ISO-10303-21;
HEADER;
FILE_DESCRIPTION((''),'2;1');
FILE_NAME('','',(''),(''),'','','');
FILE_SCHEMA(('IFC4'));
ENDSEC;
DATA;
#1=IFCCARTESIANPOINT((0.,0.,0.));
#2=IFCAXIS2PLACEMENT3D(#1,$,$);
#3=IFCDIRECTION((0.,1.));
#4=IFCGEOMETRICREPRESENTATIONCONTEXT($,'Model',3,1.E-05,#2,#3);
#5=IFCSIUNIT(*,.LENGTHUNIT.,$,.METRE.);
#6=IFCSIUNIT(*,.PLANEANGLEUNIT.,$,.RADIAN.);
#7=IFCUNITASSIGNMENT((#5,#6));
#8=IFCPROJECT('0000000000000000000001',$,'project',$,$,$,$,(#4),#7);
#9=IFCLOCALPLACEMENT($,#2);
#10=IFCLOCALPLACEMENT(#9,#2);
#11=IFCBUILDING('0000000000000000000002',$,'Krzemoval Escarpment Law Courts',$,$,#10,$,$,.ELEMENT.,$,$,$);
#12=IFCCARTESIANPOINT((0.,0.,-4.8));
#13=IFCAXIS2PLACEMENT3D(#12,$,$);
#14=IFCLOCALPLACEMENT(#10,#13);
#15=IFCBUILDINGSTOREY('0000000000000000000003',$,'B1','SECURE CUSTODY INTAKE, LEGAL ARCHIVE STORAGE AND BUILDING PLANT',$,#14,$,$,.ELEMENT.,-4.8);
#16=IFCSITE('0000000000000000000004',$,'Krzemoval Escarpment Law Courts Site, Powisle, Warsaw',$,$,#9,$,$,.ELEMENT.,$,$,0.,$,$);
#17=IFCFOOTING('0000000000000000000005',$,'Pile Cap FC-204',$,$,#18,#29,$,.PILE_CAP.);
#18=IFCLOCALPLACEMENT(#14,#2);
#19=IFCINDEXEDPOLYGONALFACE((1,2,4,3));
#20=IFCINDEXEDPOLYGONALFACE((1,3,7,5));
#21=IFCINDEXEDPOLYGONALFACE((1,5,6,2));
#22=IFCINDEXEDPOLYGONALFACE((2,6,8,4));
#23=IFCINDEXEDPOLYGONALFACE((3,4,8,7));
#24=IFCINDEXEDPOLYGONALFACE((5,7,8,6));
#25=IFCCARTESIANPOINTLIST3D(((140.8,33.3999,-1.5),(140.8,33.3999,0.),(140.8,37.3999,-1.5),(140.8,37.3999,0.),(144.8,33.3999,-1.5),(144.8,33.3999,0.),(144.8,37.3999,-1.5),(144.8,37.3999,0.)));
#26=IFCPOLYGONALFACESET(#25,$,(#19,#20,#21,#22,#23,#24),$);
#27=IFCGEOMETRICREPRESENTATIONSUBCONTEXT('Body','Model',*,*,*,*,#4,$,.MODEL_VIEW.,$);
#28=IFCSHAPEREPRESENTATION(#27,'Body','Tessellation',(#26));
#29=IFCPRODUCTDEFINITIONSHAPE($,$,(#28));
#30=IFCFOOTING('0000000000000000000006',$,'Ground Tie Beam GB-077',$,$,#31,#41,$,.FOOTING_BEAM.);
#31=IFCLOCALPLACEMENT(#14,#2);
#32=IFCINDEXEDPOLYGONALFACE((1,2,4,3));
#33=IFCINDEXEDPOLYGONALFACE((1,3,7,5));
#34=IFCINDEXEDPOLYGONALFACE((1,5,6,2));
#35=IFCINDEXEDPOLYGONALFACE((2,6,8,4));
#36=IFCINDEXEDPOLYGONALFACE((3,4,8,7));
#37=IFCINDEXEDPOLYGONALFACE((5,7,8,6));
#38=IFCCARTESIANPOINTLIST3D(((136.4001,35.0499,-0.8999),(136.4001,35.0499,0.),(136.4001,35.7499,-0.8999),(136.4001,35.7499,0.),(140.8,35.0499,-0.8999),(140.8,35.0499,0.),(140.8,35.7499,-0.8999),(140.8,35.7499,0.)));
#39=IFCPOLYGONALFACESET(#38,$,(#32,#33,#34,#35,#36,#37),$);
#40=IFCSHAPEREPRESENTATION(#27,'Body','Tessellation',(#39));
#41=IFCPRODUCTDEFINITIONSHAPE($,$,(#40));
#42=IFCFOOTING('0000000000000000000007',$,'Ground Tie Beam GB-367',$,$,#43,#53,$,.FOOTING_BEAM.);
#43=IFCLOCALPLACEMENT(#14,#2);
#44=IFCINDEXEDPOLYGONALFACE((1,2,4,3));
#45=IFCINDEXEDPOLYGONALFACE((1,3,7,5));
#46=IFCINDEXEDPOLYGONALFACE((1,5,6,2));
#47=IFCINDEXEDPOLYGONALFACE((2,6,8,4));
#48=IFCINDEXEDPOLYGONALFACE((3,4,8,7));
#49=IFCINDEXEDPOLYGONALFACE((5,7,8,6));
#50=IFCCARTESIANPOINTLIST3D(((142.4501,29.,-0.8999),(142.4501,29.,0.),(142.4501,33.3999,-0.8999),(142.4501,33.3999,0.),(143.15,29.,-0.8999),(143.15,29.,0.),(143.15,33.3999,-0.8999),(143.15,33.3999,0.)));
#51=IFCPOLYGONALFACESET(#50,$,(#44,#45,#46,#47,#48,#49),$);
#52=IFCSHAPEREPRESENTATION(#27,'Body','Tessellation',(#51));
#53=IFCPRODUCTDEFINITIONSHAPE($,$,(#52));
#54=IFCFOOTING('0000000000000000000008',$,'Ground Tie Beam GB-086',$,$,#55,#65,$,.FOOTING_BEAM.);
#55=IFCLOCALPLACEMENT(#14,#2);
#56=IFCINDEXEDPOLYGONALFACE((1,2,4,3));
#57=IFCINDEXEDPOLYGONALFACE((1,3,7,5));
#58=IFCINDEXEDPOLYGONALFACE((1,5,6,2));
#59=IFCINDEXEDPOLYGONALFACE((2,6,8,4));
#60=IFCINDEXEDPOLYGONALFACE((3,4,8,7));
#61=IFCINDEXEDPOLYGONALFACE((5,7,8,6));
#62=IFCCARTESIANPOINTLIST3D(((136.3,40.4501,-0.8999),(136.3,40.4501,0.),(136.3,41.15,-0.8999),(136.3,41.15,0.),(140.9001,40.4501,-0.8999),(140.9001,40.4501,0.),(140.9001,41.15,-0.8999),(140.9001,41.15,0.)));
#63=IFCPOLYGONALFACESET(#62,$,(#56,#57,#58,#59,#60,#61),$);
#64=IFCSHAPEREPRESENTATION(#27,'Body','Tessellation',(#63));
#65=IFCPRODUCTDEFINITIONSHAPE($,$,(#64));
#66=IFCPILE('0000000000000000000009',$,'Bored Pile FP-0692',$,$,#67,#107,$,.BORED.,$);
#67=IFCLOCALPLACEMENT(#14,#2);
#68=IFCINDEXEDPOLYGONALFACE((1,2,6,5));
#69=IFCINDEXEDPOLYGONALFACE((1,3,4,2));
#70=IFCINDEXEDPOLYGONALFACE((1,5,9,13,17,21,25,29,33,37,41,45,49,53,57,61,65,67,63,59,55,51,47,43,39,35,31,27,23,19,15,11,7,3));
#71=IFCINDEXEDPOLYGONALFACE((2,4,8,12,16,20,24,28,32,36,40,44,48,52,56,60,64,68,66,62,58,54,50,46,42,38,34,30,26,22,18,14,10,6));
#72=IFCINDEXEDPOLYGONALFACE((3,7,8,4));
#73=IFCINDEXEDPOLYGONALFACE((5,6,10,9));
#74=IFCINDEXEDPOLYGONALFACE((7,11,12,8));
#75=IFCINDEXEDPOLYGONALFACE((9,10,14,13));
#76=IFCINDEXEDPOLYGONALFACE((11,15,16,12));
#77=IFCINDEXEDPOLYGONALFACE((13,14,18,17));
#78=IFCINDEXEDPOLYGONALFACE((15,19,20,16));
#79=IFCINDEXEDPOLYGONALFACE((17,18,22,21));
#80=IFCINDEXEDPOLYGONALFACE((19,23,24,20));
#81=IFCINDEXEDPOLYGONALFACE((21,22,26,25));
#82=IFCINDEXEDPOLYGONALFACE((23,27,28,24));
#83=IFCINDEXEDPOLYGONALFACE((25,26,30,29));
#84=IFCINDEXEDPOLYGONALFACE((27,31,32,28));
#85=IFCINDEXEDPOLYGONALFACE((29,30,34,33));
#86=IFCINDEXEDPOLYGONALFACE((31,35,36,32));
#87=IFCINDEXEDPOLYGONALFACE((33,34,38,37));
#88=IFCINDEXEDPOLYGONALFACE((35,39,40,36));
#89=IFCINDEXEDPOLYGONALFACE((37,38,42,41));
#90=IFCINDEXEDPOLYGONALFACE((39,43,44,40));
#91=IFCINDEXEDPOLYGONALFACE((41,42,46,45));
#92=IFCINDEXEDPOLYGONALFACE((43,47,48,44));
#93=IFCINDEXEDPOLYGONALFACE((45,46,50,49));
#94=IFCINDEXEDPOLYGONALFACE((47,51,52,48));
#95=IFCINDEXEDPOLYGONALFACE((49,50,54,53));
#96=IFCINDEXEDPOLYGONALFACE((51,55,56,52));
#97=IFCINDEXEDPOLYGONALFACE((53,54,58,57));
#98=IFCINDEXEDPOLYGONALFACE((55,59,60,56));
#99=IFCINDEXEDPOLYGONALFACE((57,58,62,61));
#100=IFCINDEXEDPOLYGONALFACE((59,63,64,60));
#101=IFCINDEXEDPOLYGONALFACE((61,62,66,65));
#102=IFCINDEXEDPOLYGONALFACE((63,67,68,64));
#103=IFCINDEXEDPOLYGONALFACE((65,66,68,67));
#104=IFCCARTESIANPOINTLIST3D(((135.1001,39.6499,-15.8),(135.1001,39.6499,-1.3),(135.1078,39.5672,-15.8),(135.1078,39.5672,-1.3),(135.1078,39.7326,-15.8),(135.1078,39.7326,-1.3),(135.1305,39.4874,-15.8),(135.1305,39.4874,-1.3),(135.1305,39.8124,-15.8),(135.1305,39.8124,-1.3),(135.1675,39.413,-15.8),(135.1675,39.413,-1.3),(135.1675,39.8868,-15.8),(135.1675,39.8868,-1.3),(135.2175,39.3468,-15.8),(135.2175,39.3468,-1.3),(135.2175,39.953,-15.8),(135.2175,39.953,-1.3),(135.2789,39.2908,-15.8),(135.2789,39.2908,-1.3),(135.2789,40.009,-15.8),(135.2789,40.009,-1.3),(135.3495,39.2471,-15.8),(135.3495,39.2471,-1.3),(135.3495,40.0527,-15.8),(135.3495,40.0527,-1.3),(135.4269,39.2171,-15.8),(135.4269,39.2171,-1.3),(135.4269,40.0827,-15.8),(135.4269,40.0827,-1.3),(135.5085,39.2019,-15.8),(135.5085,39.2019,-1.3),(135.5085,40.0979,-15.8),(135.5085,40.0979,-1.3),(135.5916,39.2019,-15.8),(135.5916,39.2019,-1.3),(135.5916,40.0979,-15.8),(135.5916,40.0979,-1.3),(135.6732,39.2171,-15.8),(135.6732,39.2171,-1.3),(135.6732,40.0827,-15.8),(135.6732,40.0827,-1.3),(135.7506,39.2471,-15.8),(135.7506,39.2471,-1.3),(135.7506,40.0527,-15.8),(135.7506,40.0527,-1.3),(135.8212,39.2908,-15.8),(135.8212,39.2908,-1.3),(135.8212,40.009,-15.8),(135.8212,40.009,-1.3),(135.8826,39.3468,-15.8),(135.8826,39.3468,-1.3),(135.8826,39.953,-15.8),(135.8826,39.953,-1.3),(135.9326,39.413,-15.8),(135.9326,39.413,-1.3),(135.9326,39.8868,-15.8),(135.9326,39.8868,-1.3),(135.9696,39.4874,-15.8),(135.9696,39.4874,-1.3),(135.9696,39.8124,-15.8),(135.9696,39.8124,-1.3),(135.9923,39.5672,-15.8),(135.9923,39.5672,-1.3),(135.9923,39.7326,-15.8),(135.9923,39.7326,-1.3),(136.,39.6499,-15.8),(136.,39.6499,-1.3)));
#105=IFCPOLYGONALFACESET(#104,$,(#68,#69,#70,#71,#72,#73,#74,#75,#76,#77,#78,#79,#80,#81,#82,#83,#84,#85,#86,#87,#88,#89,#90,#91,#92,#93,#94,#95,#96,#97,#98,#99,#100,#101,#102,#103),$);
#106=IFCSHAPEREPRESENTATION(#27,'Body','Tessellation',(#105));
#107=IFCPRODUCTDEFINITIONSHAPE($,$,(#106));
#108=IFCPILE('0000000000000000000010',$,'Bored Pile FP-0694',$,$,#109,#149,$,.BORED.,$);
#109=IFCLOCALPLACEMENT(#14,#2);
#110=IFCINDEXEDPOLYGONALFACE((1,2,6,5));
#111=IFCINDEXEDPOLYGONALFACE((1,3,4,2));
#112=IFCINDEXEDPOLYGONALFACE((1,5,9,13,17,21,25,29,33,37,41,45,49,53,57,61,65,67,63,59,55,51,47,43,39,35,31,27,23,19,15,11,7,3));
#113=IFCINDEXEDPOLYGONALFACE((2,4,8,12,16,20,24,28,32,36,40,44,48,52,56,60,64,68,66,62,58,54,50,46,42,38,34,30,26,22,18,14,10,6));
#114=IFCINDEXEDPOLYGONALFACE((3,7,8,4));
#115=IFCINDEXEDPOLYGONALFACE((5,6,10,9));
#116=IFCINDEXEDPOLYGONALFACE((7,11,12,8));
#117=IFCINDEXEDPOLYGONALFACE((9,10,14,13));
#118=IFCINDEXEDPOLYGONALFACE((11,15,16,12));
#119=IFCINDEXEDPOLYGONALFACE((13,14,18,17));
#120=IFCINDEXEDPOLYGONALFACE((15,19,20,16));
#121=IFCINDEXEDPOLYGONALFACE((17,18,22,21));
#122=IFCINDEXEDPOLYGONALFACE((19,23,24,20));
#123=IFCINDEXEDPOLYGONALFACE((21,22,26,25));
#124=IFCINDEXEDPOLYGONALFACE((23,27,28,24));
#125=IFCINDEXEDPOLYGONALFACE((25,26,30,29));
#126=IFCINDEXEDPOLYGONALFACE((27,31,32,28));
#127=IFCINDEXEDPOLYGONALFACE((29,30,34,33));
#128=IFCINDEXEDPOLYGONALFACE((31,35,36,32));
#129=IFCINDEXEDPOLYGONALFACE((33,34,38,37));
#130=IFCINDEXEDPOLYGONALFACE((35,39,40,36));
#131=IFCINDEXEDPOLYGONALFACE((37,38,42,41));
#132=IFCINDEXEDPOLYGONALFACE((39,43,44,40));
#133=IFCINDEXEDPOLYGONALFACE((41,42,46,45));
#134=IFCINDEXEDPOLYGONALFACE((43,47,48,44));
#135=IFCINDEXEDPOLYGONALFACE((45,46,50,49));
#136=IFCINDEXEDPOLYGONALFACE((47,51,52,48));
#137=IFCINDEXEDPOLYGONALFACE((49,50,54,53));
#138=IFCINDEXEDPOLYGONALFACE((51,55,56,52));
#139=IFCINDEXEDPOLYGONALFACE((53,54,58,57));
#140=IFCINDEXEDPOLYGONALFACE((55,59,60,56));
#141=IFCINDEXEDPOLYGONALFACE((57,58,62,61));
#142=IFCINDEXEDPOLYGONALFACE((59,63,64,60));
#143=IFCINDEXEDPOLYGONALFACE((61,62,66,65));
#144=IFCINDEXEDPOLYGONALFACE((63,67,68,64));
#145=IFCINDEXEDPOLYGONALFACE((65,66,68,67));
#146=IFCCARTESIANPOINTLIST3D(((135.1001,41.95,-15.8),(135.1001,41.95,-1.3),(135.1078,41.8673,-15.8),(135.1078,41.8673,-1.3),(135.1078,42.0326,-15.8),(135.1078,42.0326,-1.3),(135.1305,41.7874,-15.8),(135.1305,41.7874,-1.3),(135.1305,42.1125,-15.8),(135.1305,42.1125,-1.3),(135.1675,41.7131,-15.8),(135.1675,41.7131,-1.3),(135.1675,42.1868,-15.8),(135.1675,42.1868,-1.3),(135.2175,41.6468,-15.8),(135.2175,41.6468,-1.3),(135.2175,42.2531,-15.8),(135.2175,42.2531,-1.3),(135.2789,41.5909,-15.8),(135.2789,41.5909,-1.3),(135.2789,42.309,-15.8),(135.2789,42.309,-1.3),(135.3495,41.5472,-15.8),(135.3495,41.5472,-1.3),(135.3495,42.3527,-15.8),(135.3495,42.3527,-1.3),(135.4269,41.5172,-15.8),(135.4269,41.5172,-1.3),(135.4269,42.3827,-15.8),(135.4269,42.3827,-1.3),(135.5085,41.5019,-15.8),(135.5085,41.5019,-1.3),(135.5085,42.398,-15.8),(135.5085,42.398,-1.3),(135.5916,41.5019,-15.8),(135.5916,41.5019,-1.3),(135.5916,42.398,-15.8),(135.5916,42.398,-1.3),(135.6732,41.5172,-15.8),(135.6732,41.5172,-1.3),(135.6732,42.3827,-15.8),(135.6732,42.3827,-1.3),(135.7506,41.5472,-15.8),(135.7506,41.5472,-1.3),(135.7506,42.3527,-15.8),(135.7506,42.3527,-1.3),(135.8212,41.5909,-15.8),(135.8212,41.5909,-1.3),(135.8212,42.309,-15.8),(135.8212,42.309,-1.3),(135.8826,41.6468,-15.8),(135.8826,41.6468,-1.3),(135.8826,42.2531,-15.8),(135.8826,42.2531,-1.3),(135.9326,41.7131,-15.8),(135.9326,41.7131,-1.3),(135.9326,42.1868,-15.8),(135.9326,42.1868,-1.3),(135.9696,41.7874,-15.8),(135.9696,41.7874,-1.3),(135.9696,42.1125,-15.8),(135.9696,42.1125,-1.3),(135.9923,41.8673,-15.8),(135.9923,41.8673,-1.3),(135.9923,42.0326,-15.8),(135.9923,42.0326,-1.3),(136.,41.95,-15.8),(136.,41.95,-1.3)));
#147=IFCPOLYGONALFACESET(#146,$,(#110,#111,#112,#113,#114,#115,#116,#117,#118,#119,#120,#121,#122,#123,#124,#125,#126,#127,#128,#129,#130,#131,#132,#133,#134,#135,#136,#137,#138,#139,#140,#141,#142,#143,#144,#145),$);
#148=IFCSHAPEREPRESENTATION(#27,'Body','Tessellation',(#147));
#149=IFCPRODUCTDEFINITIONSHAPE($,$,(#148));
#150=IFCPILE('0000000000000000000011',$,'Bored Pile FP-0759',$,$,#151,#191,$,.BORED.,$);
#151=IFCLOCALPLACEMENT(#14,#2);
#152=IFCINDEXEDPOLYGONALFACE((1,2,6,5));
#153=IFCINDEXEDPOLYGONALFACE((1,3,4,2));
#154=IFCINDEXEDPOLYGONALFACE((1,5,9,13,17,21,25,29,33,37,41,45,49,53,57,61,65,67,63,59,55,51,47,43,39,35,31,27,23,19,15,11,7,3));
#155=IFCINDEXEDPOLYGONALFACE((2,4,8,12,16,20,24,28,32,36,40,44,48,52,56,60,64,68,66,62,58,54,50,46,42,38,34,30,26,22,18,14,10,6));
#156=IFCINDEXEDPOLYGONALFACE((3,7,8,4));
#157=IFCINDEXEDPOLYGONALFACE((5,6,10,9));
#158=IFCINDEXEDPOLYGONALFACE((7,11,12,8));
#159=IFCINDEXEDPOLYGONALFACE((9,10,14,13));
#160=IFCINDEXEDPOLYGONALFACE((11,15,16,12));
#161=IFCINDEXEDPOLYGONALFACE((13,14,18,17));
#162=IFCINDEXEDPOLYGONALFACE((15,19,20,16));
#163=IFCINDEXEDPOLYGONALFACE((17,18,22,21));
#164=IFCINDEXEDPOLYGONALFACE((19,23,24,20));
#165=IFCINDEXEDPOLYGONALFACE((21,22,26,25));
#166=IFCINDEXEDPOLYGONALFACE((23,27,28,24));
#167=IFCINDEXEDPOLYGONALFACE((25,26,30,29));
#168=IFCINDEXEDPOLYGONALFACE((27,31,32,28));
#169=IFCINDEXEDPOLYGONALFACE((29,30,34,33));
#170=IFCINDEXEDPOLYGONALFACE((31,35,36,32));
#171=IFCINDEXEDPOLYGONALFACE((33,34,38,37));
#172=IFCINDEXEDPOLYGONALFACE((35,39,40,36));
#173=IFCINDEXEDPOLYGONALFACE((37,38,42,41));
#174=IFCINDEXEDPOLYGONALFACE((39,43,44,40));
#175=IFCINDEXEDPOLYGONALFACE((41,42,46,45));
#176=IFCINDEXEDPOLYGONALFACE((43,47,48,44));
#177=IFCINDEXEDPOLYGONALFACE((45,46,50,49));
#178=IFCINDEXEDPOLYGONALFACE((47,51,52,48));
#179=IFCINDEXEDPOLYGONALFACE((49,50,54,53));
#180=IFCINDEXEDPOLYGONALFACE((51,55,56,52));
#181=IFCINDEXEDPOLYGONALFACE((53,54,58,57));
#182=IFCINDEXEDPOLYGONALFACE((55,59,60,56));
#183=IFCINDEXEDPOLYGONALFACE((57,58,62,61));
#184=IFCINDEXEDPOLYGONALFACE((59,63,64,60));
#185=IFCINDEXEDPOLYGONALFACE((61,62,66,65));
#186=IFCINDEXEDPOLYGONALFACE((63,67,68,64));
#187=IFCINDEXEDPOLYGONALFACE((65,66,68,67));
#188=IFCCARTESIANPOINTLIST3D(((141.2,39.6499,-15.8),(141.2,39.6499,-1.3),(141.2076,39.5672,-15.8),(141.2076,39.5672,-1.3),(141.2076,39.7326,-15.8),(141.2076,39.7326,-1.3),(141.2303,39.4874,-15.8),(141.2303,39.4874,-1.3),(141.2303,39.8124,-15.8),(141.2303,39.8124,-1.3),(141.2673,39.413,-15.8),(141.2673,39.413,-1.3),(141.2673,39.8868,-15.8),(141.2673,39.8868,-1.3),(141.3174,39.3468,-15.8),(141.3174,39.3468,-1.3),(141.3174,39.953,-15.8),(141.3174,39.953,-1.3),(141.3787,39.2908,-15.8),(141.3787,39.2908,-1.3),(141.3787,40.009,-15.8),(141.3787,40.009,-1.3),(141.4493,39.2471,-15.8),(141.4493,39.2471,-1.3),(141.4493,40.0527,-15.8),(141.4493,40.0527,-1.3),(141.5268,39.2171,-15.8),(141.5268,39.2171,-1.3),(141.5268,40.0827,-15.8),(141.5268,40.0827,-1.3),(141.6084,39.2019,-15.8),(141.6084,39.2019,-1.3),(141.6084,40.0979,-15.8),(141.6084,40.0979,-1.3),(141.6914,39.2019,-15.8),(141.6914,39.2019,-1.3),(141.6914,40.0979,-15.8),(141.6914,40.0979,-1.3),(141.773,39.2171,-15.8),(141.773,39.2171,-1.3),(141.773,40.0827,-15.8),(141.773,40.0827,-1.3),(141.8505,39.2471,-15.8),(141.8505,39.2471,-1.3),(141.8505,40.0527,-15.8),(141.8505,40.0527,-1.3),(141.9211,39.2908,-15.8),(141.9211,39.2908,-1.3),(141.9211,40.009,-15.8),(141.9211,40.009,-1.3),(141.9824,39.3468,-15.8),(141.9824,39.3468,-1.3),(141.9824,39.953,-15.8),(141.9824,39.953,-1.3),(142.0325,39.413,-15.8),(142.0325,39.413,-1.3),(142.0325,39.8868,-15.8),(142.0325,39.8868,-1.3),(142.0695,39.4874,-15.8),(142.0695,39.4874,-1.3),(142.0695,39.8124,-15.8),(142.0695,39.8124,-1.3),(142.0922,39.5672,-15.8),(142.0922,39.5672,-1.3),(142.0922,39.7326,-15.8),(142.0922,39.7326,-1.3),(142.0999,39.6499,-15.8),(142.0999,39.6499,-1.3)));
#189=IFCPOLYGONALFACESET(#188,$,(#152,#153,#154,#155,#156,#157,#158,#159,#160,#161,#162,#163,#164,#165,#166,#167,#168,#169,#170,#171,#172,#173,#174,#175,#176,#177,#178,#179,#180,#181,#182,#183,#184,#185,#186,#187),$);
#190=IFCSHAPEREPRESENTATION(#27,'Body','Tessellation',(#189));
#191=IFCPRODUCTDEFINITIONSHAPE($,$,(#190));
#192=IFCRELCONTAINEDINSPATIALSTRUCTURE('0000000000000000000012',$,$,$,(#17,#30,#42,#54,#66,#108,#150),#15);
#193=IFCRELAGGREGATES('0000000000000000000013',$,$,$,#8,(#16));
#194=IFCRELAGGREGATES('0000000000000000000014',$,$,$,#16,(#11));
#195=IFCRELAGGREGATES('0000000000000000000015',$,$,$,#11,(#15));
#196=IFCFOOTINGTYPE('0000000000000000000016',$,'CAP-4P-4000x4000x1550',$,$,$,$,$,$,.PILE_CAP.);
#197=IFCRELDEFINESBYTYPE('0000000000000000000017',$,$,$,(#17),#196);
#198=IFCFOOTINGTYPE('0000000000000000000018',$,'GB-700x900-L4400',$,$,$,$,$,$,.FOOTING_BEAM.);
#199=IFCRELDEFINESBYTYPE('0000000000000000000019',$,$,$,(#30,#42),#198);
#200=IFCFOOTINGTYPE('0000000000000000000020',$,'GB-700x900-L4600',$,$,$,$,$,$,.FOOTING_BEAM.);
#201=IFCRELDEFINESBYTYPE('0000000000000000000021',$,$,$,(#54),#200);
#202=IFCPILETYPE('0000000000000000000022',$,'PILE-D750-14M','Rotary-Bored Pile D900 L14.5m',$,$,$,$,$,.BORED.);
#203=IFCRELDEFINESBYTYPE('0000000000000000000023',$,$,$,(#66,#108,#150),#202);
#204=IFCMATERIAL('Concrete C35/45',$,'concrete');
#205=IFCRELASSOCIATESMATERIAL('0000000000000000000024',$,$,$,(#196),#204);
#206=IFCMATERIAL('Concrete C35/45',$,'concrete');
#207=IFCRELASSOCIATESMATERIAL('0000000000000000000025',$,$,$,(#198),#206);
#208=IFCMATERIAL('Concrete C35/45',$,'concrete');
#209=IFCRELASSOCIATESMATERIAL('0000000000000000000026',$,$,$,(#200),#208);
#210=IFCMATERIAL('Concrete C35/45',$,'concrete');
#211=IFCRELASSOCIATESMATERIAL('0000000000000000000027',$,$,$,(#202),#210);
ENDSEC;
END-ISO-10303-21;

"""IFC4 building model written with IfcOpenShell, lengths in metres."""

from ifc_helpers import new_model, si_unit, direction, frame, origin, origin_2d, place, context, subcontext, project, spatial, rectangle, circle, extrude, material, material_profile, profile_set, type_object, element, save


model = new_model("IFC4")

# Units and contexts
model_context = context("Model", 3, precision=1e-05, world=origin(), true_north=direction((0.0, 1.0)))
body_context = subcontext(model_context, "Body", "Model", "MODEL_VIEW")
ifc_project = project(units=[si_unit("LENGTHUNIT", "METRE"), si_unit("PLANEANGLEUNIT", "RADIAN")], contexts=[model_context])

# Site, building, storey
site_placement = place(None, origin())
site = spatial("IfcSite", under=ifc_project, at=site_placement, Name="Krzemoval Escarpment Law Courts Site, Powisle, Warsaw", CompositionType="ELEMENT", RefElevation=0.0)
building_placement = place(site_placement, origin())
building = spatial("IfcBuilding", under=site, at=building_placement, Name="Krzemoval Escarpment Law Courts", CompositionType="ELEMENT")
storey_placement = place(building_placement, frame((0.0, 0.0, -4.8)))
storey = spatial("IfcBuildingStorey", under=building, at=storey_placement, Name="B1", Description="SECURE CUSTODY INTAKE, LEGAL ARCHIVE STORAGE AND BUILDING PLANT", CompositionType="ELEMENT", Elevation=-4.8)

# Footings
ifc_material_1 = material(Name="Concrete C35/45", Category="concrete")
footing_type_1 = type_object("IfcFootingType", Name="CAP-4P-4000x4000x1550", PredefinedType="PILE_CAP", material=ifc_material_1)
footing_1_placement = place(storey_placement, frame((142.8, 35.3999, -1.5), z_axis=(0.0, 0.0, 1.0), x_axis=(1.0, 0.0, 0.0)))
element("IfcFooting", 1, at=footing_1_placement, inside=storey, type_object=footing_type_1, Name="Pile Cap FC-204", PredefinedType="PILE_CAP", context=body_context, shape_type="SweptSolid", body=[
    extrude(rectangle(XDim=4.0, YDim=4.0, at=origin_2d()), origin(), (0.0, 0.0, 1.0), 1.5),
])
ifc_material_2 = material(Name="Concrete C35/45", Category="concrete")
footing_type_2 = type_object("IfcFootingType", Name="GB-700x900-L4400", PredefinedType="FOOTING_BEAM", material=ifc_material_2)
for number, where, z_axis, x_axis, name in (
    (2, (138.6001, 35.3999, -0.8999), (0.0, 0.0, 1.0), (1.0, 0.0, 0.0), "Ground Tie Beam GB-077"),
    (3, (142.8, 31.2, -0.8999), (0.0, 0.0, 1.0), (0.0, 1.0, 0.0), "Ground Tie Beam GB-367"),
):
    element("IfcFooting", number, at=place(storey_placement, frame(where, z_axis=z_axis, x_axis=x_axis)), inside=storey, type_object=footing_type_2, Name=name, PredefinedType="FOOTING_BEAM", context=body_context, shape_type="SweptSolid", body=[
        extrude(rectangle(XDim=4.3999, YDim=0.7, at=origin_2d()), origin(), (0.0, 0.0, 1.0), 0.8999),
    ])
ifc_material_3 = material(Name="Concrete C35/45", Category="concrete")
footing_type_3 = type_object("IfcFootingType", Name="GB-700x900-L4600", PredefinedType="FOOTING_BEAM", material=ifc_material_3)
footing_2_placement = place(storey_placement, frame((138.6001, 40.8, -0.8999), z_axis=(0.0, 0.0, 1.0), x_axis=(1.0, 0.0, 0.0)))
element("IfcFooting", 4, at=footing_2_placement, inside=storey, type_object=footing_type_3, Name="Ground Tie Beam GB-086", PredefinedType="FOOTING_BEAM", context=body_context, shape_type="SweptSolid", body=[
    extrude(rectangle(XDim=4.6001, YDim=0.7, at=origin_2d()), origin(), (0.0, 0.0, 1.0), 0.8999),
])

# Piles
ifc_material_4 = material(Name="Concrete C35/45", Category="concrete")
ifc_material_profile_1 = material_profile(ifc_material_4, circle(Radius=0.45, at=origin_2d()), Name="PILE D900")
ifc_profile_set_1 = profile_set([ifc_material_profile_1], Name="Concrete C35/45")
pile_type_1 = type_object("IfcPileType", Name="PILE-D750-14M", Description="Rotary-Bored Pile D900 L14.5m", PredefinedType="BORED", material=ifc_profile_set_1)
for number, where, z_axis, x_axis, name in (
    (5, (135.55, 39.6499, -1.3), (0.0, 0.0, -1.0), (1.0, 0.0, 0.0), "Bored Pile FP-0692"),
    (6, (135.55, 41.95, -1.3), (0.0, 0.0, -1.0), (1.0, 0.0, 0.0), "Bored Pile FP-0694"),
    (7, (141.6499, 39.6499, -1.3), (0.0, 0.0, -1.0), (1.0, 0.0, 0.0), "Bored Pile FP-0759"),
):
    element("IfcPile", number, at=place(storey_placement, frame(where, z_axis=z_axis, x_axis=x_axis)), inside=storey, type_object=pile_type_1, Name=name, PredefinedType="BORED", context=body_context, shape_type="SweptSolid", body=[
        extrude(circle(Radius=0.45, at=origin_2d()), origin(), (0.0, 0.0, 1.0), 14.5),
    ])

save(model, "model.ifc")
